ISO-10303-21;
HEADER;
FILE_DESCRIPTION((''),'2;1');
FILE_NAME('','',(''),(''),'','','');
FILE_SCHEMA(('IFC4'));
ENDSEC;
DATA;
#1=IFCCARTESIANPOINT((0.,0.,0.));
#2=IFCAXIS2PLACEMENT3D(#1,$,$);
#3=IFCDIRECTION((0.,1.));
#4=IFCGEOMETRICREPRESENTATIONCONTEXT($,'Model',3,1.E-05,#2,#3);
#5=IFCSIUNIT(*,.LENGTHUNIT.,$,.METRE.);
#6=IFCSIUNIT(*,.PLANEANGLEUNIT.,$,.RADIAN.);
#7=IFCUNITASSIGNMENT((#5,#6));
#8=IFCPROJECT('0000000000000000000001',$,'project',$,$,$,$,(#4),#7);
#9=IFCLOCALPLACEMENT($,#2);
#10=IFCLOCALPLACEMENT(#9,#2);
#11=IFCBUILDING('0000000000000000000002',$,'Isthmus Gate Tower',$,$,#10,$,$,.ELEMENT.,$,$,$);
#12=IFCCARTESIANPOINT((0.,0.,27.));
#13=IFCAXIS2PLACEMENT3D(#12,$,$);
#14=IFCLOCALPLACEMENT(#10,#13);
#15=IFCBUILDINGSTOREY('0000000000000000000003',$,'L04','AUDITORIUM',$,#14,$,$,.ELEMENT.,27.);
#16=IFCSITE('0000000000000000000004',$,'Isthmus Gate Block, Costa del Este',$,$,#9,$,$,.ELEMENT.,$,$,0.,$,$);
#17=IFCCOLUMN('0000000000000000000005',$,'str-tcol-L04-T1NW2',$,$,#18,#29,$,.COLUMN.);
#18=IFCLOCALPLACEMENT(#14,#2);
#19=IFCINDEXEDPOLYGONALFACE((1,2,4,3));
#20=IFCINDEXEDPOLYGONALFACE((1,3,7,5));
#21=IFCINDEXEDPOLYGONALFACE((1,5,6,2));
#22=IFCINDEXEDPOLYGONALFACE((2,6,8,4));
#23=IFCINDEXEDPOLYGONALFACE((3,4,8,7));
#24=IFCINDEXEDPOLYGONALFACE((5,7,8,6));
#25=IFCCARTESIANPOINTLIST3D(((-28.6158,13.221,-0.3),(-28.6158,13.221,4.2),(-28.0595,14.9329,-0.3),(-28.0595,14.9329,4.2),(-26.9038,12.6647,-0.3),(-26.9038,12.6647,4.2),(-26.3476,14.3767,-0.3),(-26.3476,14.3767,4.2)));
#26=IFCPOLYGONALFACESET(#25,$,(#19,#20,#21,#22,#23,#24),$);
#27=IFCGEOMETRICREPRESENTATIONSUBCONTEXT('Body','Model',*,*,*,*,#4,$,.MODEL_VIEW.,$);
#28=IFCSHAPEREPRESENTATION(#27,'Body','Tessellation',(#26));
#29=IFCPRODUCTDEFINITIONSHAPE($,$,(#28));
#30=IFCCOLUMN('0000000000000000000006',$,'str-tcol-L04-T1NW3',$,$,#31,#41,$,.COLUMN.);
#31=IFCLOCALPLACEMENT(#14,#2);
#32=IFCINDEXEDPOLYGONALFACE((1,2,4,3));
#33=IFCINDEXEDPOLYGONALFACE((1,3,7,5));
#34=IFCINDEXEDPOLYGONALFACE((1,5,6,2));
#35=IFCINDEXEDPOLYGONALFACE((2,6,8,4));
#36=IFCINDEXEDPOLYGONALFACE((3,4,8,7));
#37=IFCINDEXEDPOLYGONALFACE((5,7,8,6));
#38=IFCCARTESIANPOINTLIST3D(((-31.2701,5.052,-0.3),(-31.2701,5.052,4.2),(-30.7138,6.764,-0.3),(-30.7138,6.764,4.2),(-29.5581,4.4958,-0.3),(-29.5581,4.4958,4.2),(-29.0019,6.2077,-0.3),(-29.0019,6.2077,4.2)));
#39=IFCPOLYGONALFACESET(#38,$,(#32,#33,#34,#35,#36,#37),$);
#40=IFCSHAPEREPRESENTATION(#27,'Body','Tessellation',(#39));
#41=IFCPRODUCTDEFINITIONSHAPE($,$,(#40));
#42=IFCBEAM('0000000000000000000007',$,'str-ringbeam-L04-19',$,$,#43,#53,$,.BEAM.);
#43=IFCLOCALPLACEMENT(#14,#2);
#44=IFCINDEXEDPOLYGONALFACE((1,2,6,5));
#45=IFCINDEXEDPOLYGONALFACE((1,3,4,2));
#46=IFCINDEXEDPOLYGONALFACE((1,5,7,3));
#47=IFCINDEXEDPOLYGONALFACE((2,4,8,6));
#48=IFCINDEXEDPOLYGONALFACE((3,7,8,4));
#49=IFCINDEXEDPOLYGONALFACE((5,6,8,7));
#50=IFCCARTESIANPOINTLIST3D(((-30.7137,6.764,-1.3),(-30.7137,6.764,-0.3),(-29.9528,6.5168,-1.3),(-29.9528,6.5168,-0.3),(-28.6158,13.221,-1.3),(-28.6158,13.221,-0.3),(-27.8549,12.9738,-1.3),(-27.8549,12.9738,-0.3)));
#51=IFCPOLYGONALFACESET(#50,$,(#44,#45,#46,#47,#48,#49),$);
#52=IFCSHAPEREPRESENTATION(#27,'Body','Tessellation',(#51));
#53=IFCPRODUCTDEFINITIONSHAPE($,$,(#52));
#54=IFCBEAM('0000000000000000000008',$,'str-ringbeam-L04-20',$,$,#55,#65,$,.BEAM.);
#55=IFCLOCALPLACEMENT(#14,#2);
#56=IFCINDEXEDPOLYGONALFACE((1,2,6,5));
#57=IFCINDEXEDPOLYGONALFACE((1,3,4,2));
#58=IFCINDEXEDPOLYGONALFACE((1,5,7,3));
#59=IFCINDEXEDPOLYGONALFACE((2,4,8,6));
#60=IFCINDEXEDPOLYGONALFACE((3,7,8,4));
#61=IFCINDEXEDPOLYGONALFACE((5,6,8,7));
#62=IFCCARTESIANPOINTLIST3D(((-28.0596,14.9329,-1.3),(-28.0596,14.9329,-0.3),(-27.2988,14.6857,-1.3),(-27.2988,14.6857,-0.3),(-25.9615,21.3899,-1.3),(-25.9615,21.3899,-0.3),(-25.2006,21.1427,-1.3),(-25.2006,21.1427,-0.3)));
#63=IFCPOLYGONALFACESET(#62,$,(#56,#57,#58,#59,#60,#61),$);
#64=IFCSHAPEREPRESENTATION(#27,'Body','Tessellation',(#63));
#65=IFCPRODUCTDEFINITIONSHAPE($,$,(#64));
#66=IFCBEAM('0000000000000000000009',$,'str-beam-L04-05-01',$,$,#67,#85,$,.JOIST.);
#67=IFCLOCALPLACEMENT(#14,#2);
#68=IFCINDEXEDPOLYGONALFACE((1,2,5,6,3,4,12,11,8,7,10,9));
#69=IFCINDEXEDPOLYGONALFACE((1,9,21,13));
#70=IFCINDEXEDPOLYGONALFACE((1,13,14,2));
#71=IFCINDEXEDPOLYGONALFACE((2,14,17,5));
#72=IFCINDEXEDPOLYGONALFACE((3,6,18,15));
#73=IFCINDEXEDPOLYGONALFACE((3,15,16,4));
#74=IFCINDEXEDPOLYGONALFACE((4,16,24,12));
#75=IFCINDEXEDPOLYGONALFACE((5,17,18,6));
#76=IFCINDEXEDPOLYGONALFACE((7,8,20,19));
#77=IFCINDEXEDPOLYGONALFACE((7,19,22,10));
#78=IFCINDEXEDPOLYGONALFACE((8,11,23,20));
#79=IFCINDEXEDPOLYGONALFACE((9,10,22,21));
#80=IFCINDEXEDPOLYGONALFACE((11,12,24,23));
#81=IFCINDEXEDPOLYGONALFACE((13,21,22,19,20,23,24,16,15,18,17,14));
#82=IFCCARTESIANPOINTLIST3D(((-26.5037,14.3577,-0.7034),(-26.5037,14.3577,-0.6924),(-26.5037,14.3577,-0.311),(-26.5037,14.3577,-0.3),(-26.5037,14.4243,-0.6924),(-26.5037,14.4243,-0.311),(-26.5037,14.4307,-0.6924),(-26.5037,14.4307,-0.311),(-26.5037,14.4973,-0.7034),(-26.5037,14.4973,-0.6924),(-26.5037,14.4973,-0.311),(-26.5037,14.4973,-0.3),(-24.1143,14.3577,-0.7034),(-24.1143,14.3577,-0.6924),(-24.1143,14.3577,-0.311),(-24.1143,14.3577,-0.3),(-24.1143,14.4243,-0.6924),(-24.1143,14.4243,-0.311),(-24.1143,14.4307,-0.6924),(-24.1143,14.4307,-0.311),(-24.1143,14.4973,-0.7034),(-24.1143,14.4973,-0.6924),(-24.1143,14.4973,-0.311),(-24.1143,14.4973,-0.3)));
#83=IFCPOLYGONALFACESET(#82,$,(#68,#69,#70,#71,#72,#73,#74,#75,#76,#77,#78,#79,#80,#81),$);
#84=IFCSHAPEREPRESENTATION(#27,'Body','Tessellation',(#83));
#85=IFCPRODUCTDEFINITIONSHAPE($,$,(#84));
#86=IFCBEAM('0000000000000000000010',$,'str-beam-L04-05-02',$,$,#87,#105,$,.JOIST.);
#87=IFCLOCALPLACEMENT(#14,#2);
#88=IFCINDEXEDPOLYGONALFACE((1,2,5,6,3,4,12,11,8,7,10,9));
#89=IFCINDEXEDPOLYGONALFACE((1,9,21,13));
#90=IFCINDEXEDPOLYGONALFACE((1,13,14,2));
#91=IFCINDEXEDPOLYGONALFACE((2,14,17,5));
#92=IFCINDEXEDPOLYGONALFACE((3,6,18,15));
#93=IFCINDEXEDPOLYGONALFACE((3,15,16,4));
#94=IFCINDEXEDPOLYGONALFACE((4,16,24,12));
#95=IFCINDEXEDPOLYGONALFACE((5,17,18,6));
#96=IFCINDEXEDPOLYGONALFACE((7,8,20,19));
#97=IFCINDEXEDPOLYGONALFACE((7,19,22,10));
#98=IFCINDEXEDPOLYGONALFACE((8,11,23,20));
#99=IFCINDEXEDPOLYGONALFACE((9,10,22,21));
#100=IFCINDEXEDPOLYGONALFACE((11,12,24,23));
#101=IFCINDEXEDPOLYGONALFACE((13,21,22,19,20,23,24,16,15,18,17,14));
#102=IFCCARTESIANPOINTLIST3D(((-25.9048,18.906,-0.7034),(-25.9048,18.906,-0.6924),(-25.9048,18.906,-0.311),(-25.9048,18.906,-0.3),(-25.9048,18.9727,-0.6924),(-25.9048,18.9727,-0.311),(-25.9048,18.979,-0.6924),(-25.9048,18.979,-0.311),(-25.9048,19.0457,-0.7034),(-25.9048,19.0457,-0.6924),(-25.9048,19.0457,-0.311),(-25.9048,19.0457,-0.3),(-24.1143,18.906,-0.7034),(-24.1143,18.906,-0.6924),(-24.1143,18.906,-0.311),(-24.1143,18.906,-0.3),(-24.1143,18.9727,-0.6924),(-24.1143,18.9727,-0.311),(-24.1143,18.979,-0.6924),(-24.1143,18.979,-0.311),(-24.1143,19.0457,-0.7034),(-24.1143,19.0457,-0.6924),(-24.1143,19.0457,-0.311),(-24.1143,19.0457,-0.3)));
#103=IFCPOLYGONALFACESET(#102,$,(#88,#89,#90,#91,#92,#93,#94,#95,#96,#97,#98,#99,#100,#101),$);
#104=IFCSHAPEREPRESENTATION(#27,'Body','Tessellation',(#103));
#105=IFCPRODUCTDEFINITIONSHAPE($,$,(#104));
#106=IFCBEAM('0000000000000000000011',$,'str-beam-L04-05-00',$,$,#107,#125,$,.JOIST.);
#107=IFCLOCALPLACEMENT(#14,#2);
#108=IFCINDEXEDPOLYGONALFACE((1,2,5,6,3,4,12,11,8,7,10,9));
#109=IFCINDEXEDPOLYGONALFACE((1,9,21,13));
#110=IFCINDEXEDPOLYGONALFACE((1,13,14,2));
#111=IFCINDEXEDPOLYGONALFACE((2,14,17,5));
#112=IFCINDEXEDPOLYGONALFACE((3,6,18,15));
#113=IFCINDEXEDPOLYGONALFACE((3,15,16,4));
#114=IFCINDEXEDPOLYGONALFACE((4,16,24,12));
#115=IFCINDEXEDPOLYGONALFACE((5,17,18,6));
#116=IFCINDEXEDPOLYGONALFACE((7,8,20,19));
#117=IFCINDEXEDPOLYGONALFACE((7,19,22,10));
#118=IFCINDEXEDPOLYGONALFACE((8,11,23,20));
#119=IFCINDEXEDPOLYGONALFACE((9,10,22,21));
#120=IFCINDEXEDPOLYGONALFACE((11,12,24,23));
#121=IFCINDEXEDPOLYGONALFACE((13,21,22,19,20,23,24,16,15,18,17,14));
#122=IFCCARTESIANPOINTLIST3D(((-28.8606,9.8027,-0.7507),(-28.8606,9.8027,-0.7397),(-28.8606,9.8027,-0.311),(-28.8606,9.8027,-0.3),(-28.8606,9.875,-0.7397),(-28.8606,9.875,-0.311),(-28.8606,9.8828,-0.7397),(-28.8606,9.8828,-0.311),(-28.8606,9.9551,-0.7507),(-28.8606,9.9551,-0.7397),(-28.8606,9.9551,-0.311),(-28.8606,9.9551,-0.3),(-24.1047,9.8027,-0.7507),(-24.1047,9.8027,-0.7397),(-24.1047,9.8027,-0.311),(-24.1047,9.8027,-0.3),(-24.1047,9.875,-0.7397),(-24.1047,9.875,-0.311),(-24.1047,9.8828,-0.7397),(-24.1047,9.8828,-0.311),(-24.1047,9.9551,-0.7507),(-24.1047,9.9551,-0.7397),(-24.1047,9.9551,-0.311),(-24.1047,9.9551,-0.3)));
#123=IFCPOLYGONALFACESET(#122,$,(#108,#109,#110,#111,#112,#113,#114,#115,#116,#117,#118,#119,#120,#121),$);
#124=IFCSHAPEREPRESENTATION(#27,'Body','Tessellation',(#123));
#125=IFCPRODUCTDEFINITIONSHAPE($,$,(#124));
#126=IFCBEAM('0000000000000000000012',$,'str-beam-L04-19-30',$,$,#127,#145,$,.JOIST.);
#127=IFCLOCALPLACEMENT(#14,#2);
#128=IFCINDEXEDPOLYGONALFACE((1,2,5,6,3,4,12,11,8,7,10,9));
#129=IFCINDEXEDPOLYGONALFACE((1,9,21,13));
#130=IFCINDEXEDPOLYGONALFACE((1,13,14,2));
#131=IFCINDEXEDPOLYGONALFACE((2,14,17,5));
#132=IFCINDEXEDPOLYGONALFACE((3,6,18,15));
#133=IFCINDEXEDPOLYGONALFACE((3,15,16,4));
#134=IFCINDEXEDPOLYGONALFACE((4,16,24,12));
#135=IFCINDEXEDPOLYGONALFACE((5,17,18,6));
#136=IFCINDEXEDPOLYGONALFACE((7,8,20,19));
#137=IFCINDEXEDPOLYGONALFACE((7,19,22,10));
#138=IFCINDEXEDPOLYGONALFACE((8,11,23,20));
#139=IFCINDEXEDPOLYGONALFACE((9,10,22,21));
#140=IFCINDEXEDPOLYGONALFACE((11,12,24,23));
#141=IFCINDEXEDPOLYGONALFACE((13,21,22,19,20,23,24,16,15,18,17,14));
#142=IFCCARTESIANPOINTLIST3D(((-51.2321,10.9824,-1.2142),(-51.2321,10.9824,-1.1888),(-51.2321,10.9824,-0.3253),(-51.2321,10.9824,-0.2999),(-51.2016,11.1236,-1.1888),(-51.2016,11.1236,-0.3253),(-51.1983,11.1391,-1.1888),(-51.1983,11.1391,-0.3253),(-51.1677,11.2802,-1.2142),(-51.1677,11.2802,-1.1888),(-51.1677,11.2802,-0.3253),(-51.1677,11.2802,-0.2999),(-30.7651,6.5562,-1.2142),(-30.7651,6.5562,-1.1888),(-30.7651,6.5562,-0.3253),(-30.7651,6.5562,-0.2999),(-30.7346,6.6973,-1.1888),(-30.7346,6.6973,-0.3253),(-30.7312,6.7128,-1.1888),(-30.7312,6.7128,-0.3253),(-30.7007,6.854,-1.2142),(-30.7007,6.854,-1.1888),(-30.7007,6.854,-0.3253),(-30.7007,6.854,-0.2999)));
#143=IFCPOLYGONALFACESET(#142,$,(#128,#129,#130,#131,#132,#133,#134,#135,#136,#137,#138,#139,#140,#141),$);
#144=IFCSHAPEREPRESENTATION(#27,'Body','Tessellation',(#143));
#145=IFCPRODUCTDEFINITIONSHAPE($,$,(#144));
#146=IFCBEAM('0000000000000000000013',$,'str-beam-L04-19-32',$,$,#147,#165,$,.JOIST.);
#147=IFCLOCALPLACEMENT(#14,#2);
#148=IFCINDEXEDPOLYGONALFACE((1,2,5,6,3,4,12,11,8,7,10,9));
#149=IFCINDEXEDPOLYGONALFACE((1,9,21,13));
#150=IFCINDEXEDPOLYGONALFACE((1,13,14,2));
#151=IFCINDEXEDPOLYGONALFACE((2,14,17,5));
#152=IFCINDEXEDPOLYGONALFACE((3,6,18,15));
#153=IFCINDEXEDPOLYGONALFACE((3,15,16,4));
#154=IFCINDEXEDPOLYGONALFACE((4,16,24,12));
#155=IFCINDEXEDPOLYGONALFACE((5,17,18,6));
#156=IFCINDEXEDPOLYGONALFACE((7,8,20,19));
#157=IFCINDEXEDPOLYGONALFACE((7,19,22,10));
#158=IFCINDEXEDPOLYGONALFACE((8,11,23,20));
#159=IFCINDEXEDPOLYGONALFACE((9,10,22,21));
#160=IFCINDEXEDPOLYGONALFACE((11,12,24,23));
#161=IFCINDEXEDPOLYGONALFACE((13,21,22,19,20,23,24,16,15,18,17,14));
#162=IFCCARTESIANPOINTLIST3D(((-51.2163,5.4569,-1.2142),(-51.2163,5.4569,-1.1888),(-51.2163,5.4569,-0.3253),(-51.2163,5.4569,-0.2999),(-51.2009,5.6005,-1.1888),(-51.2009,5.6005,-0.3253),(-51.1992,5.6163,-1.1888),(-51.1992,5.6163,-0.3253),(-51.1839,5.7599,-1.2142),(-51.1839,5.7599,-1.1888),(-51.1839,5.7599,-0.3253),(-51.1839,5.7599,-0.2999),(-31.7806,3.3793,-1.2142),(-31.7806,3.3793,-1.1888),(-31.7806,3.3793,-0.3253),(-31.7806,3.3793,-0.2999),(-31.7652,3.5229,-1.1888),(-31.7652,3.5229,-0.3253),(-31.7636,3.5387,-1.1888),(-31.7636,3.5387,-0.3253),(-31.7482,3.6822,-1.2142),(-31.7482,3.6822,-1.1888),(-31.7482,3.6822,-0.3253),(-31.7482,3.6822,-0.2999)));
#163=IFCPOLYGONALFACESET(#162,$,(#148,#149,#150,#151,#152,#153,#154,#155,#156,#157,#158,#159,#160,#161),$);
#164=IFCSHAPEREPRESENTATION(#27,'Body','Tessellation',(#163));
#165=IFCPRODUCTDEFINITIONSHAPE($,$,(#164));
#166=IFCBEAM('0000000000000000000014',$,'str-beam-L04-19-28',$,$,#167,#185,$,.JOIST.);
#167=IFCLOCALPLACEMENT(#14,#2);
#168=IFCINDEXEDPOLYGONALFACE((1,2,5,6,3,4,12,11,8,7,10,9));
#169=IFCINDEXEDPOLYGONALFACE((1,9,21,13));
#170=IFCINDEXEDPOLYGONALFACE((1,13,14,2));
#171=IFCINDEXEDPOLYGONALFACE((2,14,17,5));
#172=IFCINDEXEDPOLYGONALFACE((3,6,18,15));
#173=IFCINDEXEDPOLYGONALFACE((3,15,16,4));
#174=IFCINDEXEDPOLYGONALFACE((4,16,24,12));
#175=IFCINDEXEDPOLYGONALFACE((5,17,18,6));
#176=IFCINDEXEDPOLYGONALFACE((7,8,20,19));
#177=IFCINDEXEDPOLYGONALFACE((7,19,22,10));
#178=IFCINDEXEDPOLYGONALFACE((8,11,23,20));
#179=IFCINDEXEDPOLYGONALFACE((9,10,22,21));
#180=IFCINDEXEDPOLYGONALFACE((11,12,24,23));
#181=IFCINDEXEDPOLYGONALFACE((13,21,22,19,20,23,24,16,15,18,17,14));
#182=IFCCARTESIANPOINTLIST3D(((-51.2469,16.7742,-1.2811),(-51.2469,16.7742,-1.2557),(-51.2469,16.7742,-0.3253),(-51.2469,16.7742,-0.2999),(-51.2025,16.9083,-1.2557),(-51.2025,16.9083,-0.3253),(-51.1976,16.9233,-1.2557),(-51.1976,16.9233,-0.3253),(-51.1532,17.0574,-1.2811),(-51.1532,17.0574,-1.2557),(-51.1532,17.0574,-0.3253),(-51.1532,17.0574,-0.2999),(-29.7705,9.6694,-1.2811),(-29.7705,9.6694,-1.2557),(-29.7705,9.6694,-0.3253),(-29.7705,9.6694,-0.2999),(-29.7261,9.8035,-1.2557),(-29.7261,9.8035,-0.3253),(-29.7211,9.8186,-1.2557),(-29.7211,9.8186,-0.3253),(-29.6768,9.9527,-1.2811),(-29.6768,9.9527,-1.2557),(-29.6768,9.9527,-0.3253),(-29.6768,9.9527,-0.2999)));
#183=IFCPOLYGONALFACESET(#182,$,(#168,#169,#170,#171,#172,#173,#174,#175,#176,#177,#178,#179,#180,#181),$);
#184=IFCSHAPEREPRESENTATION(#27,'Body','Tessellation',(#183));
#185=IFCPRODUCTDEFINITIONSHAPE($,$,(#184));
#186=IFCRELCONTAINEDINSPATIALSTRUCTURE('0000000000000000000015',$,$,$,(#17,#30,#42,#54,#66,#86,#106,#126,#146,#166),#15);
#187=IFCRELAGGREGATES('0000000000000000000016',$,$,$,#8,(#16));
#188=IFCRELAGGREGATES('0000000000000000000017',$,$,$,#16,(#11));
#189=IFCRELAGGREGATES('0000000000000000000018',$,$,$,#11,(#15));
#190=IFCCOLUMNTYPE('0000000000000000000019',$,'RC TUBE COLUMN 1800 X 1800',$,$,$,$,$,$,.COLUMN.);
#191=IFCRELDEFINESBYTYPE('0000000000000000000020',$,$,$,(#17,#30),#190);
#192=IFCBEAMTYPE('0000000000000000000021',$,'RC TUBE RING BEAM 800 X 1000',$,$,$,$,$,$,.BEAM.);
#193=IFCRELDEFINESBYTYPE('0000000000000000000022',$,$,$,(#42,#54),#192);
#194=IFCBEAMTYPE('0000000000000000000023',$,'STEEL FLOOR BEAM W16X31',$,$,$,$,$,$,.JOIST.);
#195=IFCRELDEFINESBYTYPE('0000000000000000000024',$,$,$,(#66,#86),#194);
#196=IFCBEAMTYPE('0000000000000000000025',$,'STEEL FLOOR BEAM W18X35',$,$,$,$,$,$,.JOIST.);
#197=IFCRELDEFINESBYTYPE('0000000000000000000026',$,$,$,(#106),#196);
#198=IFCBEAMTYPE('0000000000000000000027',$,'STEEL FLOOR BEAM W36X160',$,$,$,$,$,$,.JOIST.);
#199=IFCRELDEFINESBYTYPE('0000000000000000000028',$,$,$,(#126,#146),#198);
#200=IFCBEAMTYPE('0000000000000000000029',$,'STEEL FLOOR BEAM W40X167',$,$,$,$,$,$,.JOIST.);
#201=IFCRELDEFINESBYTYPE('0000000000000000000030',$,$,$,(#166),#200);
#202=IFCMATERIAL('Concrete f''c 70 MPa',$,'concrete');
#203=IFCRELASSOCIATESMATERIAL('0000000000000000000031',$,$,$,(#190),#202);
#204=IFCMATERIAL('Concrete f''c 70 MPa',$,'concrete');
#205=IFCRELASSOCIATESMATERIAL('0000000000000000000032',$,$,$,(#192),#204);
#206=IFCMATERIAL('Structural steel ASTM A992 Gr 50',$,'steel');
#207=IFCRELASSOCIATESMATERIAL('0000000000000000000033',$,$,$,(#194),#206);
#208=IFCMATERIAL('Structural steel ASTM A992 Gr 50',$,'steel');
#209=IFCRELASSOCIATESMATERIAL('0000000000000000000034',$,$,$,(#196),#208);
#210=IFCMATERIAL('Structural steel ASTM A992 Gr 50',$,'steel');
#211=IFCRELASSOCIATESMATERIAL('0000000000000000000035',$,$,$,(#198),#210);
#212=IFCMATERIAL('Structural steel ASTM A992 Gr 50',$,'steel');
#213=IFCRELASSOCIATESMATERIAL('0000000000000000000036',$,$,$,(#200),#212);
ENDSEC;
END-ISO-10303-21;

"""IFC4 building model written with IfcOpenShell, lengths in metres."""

from ifc_helpers import new_model, si_unit, direction, frame, origin, origin_2d, place, context, subcontext, project, spatial, rectangle, i_section, extrude, material, material_profile, profile_set, type_object, element, save


model = new_model("IFC4")

# Units and contexts
model_context = context("Model", 3, precision=1e-05, world=origin(), true_north=direction((0.0, 1.0)))
body_context = subcontext(model_context, "Body", "Model", "MODEL_VIEW")
ifc_project = project(units=[si_unit("LENGTHUNIT", "METRE"), si_unit("PLANEANGLEUNIT", "RADIAN")], contexts=[model_context])

# Site, building, storey
site_placement = place(None, origin())
site = spatial("IfcSite", under=ifc_project, at=site_placement, Name="Isthmus Gate Block, Costa del Este", CompositionType="ELEMENT", RefElevation=0.0)
building_placement = place(site_placement, origin())
building = spatial("IfcBuilding", under=site, at=building_placement, Name="Isthmus Gate Tower", CompositionType="ELEMENT")
storey_placement = place(building_placement, frame((0.0, 0.0, 27.0)))
storey = spatial("IfcBuildingStorey", under=building, at=storey_placement, Name="L04", Description="AUDITORIUM", CompositionType="ELEMENT", Elevation=27.0)

# Columns
ifc_material_1 = material(Name="Concrete f'c 70 MPa", Category="concrete")
ifc_material_profile_1 = material_profile(ifc_material_1, rectangle(XDim=1.8, YDim=1.8, at=origin_2d()), Name="RC 1800X1800")
ifc_profile_set_1 = profile_set([ifc_material_profile_1], Name="Concrete f'c 70 MPa")
column_type = type_object("IfcColumnType", Name="RC TUBE COLUMN 1800 X 1800", PredefinedType="COLUMN", material=ifc_profile_set_1)
for number, where, z_axis, x_axis, name in (
    (1, (-27.4817, 13.7988, -0.3), (0.0, 0.0, 1.0), (-0.309017, -0.951057, 0.0), "str-tcol-L04-T1NW2"),
    (2, (-30.136, 5.6299, -0.3), (0.0, 0.0, 1.0), (-0.309017, -0.951057, 0.0), "str-tcol-L04-T1NW3"),
):
    element("IfcColumn", number, at=place(storey_placement, frame(where, z_axis=z_axis, x_axis=x_axis)), inside=storey, type_object=column_type, Name=name, PredefinedType="COLUMN", context=body_context, shape_type="SweptSolid", body=[
        extrude(rectangle(XDim=1.8, YDim=1.8, at=origin_2d()), origin(), (0.0, 0.0, 1.0), 4.5),
    ])

# Beams
ifc_material_2 = material(Name="Concrete f'c 70 MPa", Category="concrete")
ifc_material_profile_2 = material_profile(ifc_material_2, rectangle(XDim=0.8, YDim=1.0, at=origin_2d()), Name="RC 800X1000")
ifc_profile_set_2 = profile_set([ifc_material_profile_2], Name="Concrete f'c 70 MPa")
beam_type_1 = type_object("IfcBeamType", Name="RC TUBE RING BEAM 800 X 1000", PredefinedType="BEAM", material=ifc_profile_set_2)
for number, where, z_axis, x_axis, name in (
    (3, (-30.3333, 6.6404, -0.8), (0.309002, 0.951062, 0.0), (-0.951062, 0.309002, 0.0), "str-ringbeam-L04-19"),
    (4, (-27.6792, 14.8093, -0.8), (0.309034, 0.951051, 0.0), (-0.951051, 0.309034, 0.0), "str-ringbeam-L04-20"),
):
    element("IfcBeam", number, at=place(storey_placement, frame(where, z_axis=z_axis, x_axis=x_axis)), inside=storey, type_object=beam_type_1, Name=name, PredefinedType="BEAM", context=body_context, shape_type="SweptSolid", body=[
        extrude(rectangle(XDim=0.8, YDim=1.0, at=origin_2d()), origin(), (0.0, 0.0, 1.0), 6.7893),
    ])
ifc_material_3 = material(Name="Structural steel ASTM A992 Gr 50", Category="steel")
ifc_material_profile_3 = material_profile(ifc_material_3, i_section(OverallWidth=0.1396, OverallDepth=0.4033, WebThickness=0.0063, FlangeThickness=0.011, at=origin_2d()), Name="W16X31")
ifc_profile_set_3 = profile_set([ifc_material_profile_3], Name="Structural steel ASTM A992 Gr 50")
beam_type_2 = type_object("IfcBeamType", Name="STEEL FLOOR BEAM W16X31", PredefinedType="JOIST", material=ifc_profile_set_3)
beam_1_placement = place(storey_placement, frame((-26.5037, 14.4275, -0.5017), z_axis=(1.0, 0.0, 0.0), x_axis=(0.0, 1.0, 0.0)))
element("IfcBeam", 5, at=beam_1_placement, inside=storey, type_object=beam_type_2, Name="str-beam-L04-05-01", PredefinedType="JOIST", context=body_context, shape_type="SweptSolid", body=[
    extrude(i_section(OverallWidth=0.1396, OverallDepth=0.4033, WebThickness=0.0063, FlangeThickness=0.011, at=origin_2d()), origin(), (0.0, 0.0, 1.0), 2.3894),
])
beam_2_placement = place(storey_placement, frame((-25.9048, 18.9758, -0.5017), z_axis=(1.0, 0.0, 0.0), x_axis=(0.0, 1.0, 0.0)))
element("IfcBeam", 6, at=beam_2_placement, inside=storey, type_object=beam_type_2, Name="str-beam-L04-05-02", PredefinedType="JOIST", context=body_context, shape_type="SweptSolid", body=[
    extrude(i_section(OverallWidth=0.1396, OverallDepth=0.4033, WebThickness=0.0063, FlangeThickness=0.011, at=origin_2d()), origin(), (0.0, 0.0, 1.0), 1.7905),
])
ifc_material_4 = material(Name="Structural steel ASTM A992 Gr 50", Category="steel")
ifc_material_profile_4 = material_profile(ifc_material_4, i_section(OverallWidth=0.1523, OverallDepth=0.4507, WebThickness=0.0078, FlangeThickness=0.011, at=origin_2d()), Name="W18X35")
ifc_profile_set_4 = profile_set([ifc_material_profile_4], Name="Structural steel ASTM A992 Gr 50")
beam_type_3 = type_object("IfcBeamType", Name="STEEL FLOOR BEAM W18X35", PredefinedType="JOIST", material=ifc_profile_set_4)
beam_3_placement = place(storey_placement, frame((-28.8606, 9.8789, -0.5254), z_axis=(1.0, 0.0, 0.0), x_axis=(0.0, 1.0, 0.0)))
element("IfcBeam", 7, at=beam_3_placement, inside=storey, type_object=beam_type_3, Name="str-beam-L04-05-00", PredefinedType="JOIST", context=body_context, shape_type="SweptSolid", body=[
    extrude(i_section(OverallWidth=0.1523, OverallDepth=0.4507, WebThickness=0.0078, FlangeThickness=0.011, at=origin_2d()), origin(), (0.0, 0.0, 1.0), 4.7559),
])
ifc_material_5 = material(Name="Structural steel ASTM A992 Gr 50", Category="steel")
ifc_material_profile_5 = material_profile(ifc_material_5, i_section(OverallWidth=0.3047, OverallDepth=0.9143, WebThickness=0.0159, FlangeThickness=0.0254, at=origin_2d()), Name="W36X160")
ifc_profile_set_5 = profile_set([ifc_material_profile_5], Name="Structural steel ASTM A992 Gr 50")
beam_type_4 = type_object("IfcBeamType", Name="STEEL FLOOR BEAM W36X160", PredefinedType="JOIST", material=ifc_profile_set_5)
beam_4_placement = place(storey_placement, frame((-30.7329, 6.7051, -0.7571), z_axis=(-0.977405, 0.211377, 0.0), x_axis=(-0.211377, -0.977405, 0.0)))
element("IfcBeam", 8, at=beam_4_placement, inside=storey, type_object=beam_type_4, Name="str-beam-L04-19-30", PredefinedType="JOIST", context=body_context, shape_type="SweptSolid", body=[
    extrude(i_section(OverallWidth=0.3047, OverallDepth=0.9143, WebThickness=0.0159, FlangeThickness=0.0254, at=origin_2d()), origin(), (0.0, 0.0, 1.0), 20.9402),
])
beam_5_placement = place(storey_placement, frame((-31.7644, 3.5308, -0.7571), z_axis=(-0.994335, 0.106293, 0.0), x_axis=(-0.106293, -0.994335, 0.0)))
element("IfcBeam", 9, at=beam_5_placement, inside=storey, type_object=beam_type_4, Name="str-beam-L04-19-32", PredefinedType="JOIST", context=body_context, shape_type="SweptSolid", body=[
    extrude(i_section(OverallWidth=0.3047, OverallDepth=0.9143, WebThickness=0.0159, FlangeThickness=0.0254, at=origin_2d()), origin(), (0.0, 0.0, 1.0), 19.5464),
])
ifc_material_6 = material(Name="Structural steel ASTM A992 Gr 50", Category="steel")
ifc_material_profile_6 = material_profile(ifc_material_6, i_section(OverallWidth=0.2983, OverallDepth=0.9812, WebThickness=0.0159, FlangeThickness=0.0254, at=origin_2d()), Name="W40X167")
ifc_profile_set_6 = profile_set([ifc_material_profile_6], Name="Structural steel ASTM A992 Gr 50")
beam_type_5 = type_object("IfcBeamType", Name="STEEL FLOOR BEAM W40X167", PredefinedType="JOIST", material=ifc_profile_set_6)
beam_6_placement = place(storey_placement, frame((-29.7236, 9.811, -0.7905), z_axis=(-0.949397, 0.314077, 0.0), x_axis=(-0.314077, -0.949397, 0.0)))
element("IfcBeam", 10, at=beam_6_placement, inside=storey, type_object=beam_type_5, Name="str-beam-L04-19-28", PredefinedType="JOIST", context=body_context, shape_type="SweptSolid", body=[
    extrude(i_section(OverallWidth=0.2983, OverallDepth=0.9812, WebThickness=0.0159, FlangeThickness=0.0254, at=origin_2d()), origin(), (0.0, 0.0, 1.0), 22.6211),
])

save(model, "model.ifc")
